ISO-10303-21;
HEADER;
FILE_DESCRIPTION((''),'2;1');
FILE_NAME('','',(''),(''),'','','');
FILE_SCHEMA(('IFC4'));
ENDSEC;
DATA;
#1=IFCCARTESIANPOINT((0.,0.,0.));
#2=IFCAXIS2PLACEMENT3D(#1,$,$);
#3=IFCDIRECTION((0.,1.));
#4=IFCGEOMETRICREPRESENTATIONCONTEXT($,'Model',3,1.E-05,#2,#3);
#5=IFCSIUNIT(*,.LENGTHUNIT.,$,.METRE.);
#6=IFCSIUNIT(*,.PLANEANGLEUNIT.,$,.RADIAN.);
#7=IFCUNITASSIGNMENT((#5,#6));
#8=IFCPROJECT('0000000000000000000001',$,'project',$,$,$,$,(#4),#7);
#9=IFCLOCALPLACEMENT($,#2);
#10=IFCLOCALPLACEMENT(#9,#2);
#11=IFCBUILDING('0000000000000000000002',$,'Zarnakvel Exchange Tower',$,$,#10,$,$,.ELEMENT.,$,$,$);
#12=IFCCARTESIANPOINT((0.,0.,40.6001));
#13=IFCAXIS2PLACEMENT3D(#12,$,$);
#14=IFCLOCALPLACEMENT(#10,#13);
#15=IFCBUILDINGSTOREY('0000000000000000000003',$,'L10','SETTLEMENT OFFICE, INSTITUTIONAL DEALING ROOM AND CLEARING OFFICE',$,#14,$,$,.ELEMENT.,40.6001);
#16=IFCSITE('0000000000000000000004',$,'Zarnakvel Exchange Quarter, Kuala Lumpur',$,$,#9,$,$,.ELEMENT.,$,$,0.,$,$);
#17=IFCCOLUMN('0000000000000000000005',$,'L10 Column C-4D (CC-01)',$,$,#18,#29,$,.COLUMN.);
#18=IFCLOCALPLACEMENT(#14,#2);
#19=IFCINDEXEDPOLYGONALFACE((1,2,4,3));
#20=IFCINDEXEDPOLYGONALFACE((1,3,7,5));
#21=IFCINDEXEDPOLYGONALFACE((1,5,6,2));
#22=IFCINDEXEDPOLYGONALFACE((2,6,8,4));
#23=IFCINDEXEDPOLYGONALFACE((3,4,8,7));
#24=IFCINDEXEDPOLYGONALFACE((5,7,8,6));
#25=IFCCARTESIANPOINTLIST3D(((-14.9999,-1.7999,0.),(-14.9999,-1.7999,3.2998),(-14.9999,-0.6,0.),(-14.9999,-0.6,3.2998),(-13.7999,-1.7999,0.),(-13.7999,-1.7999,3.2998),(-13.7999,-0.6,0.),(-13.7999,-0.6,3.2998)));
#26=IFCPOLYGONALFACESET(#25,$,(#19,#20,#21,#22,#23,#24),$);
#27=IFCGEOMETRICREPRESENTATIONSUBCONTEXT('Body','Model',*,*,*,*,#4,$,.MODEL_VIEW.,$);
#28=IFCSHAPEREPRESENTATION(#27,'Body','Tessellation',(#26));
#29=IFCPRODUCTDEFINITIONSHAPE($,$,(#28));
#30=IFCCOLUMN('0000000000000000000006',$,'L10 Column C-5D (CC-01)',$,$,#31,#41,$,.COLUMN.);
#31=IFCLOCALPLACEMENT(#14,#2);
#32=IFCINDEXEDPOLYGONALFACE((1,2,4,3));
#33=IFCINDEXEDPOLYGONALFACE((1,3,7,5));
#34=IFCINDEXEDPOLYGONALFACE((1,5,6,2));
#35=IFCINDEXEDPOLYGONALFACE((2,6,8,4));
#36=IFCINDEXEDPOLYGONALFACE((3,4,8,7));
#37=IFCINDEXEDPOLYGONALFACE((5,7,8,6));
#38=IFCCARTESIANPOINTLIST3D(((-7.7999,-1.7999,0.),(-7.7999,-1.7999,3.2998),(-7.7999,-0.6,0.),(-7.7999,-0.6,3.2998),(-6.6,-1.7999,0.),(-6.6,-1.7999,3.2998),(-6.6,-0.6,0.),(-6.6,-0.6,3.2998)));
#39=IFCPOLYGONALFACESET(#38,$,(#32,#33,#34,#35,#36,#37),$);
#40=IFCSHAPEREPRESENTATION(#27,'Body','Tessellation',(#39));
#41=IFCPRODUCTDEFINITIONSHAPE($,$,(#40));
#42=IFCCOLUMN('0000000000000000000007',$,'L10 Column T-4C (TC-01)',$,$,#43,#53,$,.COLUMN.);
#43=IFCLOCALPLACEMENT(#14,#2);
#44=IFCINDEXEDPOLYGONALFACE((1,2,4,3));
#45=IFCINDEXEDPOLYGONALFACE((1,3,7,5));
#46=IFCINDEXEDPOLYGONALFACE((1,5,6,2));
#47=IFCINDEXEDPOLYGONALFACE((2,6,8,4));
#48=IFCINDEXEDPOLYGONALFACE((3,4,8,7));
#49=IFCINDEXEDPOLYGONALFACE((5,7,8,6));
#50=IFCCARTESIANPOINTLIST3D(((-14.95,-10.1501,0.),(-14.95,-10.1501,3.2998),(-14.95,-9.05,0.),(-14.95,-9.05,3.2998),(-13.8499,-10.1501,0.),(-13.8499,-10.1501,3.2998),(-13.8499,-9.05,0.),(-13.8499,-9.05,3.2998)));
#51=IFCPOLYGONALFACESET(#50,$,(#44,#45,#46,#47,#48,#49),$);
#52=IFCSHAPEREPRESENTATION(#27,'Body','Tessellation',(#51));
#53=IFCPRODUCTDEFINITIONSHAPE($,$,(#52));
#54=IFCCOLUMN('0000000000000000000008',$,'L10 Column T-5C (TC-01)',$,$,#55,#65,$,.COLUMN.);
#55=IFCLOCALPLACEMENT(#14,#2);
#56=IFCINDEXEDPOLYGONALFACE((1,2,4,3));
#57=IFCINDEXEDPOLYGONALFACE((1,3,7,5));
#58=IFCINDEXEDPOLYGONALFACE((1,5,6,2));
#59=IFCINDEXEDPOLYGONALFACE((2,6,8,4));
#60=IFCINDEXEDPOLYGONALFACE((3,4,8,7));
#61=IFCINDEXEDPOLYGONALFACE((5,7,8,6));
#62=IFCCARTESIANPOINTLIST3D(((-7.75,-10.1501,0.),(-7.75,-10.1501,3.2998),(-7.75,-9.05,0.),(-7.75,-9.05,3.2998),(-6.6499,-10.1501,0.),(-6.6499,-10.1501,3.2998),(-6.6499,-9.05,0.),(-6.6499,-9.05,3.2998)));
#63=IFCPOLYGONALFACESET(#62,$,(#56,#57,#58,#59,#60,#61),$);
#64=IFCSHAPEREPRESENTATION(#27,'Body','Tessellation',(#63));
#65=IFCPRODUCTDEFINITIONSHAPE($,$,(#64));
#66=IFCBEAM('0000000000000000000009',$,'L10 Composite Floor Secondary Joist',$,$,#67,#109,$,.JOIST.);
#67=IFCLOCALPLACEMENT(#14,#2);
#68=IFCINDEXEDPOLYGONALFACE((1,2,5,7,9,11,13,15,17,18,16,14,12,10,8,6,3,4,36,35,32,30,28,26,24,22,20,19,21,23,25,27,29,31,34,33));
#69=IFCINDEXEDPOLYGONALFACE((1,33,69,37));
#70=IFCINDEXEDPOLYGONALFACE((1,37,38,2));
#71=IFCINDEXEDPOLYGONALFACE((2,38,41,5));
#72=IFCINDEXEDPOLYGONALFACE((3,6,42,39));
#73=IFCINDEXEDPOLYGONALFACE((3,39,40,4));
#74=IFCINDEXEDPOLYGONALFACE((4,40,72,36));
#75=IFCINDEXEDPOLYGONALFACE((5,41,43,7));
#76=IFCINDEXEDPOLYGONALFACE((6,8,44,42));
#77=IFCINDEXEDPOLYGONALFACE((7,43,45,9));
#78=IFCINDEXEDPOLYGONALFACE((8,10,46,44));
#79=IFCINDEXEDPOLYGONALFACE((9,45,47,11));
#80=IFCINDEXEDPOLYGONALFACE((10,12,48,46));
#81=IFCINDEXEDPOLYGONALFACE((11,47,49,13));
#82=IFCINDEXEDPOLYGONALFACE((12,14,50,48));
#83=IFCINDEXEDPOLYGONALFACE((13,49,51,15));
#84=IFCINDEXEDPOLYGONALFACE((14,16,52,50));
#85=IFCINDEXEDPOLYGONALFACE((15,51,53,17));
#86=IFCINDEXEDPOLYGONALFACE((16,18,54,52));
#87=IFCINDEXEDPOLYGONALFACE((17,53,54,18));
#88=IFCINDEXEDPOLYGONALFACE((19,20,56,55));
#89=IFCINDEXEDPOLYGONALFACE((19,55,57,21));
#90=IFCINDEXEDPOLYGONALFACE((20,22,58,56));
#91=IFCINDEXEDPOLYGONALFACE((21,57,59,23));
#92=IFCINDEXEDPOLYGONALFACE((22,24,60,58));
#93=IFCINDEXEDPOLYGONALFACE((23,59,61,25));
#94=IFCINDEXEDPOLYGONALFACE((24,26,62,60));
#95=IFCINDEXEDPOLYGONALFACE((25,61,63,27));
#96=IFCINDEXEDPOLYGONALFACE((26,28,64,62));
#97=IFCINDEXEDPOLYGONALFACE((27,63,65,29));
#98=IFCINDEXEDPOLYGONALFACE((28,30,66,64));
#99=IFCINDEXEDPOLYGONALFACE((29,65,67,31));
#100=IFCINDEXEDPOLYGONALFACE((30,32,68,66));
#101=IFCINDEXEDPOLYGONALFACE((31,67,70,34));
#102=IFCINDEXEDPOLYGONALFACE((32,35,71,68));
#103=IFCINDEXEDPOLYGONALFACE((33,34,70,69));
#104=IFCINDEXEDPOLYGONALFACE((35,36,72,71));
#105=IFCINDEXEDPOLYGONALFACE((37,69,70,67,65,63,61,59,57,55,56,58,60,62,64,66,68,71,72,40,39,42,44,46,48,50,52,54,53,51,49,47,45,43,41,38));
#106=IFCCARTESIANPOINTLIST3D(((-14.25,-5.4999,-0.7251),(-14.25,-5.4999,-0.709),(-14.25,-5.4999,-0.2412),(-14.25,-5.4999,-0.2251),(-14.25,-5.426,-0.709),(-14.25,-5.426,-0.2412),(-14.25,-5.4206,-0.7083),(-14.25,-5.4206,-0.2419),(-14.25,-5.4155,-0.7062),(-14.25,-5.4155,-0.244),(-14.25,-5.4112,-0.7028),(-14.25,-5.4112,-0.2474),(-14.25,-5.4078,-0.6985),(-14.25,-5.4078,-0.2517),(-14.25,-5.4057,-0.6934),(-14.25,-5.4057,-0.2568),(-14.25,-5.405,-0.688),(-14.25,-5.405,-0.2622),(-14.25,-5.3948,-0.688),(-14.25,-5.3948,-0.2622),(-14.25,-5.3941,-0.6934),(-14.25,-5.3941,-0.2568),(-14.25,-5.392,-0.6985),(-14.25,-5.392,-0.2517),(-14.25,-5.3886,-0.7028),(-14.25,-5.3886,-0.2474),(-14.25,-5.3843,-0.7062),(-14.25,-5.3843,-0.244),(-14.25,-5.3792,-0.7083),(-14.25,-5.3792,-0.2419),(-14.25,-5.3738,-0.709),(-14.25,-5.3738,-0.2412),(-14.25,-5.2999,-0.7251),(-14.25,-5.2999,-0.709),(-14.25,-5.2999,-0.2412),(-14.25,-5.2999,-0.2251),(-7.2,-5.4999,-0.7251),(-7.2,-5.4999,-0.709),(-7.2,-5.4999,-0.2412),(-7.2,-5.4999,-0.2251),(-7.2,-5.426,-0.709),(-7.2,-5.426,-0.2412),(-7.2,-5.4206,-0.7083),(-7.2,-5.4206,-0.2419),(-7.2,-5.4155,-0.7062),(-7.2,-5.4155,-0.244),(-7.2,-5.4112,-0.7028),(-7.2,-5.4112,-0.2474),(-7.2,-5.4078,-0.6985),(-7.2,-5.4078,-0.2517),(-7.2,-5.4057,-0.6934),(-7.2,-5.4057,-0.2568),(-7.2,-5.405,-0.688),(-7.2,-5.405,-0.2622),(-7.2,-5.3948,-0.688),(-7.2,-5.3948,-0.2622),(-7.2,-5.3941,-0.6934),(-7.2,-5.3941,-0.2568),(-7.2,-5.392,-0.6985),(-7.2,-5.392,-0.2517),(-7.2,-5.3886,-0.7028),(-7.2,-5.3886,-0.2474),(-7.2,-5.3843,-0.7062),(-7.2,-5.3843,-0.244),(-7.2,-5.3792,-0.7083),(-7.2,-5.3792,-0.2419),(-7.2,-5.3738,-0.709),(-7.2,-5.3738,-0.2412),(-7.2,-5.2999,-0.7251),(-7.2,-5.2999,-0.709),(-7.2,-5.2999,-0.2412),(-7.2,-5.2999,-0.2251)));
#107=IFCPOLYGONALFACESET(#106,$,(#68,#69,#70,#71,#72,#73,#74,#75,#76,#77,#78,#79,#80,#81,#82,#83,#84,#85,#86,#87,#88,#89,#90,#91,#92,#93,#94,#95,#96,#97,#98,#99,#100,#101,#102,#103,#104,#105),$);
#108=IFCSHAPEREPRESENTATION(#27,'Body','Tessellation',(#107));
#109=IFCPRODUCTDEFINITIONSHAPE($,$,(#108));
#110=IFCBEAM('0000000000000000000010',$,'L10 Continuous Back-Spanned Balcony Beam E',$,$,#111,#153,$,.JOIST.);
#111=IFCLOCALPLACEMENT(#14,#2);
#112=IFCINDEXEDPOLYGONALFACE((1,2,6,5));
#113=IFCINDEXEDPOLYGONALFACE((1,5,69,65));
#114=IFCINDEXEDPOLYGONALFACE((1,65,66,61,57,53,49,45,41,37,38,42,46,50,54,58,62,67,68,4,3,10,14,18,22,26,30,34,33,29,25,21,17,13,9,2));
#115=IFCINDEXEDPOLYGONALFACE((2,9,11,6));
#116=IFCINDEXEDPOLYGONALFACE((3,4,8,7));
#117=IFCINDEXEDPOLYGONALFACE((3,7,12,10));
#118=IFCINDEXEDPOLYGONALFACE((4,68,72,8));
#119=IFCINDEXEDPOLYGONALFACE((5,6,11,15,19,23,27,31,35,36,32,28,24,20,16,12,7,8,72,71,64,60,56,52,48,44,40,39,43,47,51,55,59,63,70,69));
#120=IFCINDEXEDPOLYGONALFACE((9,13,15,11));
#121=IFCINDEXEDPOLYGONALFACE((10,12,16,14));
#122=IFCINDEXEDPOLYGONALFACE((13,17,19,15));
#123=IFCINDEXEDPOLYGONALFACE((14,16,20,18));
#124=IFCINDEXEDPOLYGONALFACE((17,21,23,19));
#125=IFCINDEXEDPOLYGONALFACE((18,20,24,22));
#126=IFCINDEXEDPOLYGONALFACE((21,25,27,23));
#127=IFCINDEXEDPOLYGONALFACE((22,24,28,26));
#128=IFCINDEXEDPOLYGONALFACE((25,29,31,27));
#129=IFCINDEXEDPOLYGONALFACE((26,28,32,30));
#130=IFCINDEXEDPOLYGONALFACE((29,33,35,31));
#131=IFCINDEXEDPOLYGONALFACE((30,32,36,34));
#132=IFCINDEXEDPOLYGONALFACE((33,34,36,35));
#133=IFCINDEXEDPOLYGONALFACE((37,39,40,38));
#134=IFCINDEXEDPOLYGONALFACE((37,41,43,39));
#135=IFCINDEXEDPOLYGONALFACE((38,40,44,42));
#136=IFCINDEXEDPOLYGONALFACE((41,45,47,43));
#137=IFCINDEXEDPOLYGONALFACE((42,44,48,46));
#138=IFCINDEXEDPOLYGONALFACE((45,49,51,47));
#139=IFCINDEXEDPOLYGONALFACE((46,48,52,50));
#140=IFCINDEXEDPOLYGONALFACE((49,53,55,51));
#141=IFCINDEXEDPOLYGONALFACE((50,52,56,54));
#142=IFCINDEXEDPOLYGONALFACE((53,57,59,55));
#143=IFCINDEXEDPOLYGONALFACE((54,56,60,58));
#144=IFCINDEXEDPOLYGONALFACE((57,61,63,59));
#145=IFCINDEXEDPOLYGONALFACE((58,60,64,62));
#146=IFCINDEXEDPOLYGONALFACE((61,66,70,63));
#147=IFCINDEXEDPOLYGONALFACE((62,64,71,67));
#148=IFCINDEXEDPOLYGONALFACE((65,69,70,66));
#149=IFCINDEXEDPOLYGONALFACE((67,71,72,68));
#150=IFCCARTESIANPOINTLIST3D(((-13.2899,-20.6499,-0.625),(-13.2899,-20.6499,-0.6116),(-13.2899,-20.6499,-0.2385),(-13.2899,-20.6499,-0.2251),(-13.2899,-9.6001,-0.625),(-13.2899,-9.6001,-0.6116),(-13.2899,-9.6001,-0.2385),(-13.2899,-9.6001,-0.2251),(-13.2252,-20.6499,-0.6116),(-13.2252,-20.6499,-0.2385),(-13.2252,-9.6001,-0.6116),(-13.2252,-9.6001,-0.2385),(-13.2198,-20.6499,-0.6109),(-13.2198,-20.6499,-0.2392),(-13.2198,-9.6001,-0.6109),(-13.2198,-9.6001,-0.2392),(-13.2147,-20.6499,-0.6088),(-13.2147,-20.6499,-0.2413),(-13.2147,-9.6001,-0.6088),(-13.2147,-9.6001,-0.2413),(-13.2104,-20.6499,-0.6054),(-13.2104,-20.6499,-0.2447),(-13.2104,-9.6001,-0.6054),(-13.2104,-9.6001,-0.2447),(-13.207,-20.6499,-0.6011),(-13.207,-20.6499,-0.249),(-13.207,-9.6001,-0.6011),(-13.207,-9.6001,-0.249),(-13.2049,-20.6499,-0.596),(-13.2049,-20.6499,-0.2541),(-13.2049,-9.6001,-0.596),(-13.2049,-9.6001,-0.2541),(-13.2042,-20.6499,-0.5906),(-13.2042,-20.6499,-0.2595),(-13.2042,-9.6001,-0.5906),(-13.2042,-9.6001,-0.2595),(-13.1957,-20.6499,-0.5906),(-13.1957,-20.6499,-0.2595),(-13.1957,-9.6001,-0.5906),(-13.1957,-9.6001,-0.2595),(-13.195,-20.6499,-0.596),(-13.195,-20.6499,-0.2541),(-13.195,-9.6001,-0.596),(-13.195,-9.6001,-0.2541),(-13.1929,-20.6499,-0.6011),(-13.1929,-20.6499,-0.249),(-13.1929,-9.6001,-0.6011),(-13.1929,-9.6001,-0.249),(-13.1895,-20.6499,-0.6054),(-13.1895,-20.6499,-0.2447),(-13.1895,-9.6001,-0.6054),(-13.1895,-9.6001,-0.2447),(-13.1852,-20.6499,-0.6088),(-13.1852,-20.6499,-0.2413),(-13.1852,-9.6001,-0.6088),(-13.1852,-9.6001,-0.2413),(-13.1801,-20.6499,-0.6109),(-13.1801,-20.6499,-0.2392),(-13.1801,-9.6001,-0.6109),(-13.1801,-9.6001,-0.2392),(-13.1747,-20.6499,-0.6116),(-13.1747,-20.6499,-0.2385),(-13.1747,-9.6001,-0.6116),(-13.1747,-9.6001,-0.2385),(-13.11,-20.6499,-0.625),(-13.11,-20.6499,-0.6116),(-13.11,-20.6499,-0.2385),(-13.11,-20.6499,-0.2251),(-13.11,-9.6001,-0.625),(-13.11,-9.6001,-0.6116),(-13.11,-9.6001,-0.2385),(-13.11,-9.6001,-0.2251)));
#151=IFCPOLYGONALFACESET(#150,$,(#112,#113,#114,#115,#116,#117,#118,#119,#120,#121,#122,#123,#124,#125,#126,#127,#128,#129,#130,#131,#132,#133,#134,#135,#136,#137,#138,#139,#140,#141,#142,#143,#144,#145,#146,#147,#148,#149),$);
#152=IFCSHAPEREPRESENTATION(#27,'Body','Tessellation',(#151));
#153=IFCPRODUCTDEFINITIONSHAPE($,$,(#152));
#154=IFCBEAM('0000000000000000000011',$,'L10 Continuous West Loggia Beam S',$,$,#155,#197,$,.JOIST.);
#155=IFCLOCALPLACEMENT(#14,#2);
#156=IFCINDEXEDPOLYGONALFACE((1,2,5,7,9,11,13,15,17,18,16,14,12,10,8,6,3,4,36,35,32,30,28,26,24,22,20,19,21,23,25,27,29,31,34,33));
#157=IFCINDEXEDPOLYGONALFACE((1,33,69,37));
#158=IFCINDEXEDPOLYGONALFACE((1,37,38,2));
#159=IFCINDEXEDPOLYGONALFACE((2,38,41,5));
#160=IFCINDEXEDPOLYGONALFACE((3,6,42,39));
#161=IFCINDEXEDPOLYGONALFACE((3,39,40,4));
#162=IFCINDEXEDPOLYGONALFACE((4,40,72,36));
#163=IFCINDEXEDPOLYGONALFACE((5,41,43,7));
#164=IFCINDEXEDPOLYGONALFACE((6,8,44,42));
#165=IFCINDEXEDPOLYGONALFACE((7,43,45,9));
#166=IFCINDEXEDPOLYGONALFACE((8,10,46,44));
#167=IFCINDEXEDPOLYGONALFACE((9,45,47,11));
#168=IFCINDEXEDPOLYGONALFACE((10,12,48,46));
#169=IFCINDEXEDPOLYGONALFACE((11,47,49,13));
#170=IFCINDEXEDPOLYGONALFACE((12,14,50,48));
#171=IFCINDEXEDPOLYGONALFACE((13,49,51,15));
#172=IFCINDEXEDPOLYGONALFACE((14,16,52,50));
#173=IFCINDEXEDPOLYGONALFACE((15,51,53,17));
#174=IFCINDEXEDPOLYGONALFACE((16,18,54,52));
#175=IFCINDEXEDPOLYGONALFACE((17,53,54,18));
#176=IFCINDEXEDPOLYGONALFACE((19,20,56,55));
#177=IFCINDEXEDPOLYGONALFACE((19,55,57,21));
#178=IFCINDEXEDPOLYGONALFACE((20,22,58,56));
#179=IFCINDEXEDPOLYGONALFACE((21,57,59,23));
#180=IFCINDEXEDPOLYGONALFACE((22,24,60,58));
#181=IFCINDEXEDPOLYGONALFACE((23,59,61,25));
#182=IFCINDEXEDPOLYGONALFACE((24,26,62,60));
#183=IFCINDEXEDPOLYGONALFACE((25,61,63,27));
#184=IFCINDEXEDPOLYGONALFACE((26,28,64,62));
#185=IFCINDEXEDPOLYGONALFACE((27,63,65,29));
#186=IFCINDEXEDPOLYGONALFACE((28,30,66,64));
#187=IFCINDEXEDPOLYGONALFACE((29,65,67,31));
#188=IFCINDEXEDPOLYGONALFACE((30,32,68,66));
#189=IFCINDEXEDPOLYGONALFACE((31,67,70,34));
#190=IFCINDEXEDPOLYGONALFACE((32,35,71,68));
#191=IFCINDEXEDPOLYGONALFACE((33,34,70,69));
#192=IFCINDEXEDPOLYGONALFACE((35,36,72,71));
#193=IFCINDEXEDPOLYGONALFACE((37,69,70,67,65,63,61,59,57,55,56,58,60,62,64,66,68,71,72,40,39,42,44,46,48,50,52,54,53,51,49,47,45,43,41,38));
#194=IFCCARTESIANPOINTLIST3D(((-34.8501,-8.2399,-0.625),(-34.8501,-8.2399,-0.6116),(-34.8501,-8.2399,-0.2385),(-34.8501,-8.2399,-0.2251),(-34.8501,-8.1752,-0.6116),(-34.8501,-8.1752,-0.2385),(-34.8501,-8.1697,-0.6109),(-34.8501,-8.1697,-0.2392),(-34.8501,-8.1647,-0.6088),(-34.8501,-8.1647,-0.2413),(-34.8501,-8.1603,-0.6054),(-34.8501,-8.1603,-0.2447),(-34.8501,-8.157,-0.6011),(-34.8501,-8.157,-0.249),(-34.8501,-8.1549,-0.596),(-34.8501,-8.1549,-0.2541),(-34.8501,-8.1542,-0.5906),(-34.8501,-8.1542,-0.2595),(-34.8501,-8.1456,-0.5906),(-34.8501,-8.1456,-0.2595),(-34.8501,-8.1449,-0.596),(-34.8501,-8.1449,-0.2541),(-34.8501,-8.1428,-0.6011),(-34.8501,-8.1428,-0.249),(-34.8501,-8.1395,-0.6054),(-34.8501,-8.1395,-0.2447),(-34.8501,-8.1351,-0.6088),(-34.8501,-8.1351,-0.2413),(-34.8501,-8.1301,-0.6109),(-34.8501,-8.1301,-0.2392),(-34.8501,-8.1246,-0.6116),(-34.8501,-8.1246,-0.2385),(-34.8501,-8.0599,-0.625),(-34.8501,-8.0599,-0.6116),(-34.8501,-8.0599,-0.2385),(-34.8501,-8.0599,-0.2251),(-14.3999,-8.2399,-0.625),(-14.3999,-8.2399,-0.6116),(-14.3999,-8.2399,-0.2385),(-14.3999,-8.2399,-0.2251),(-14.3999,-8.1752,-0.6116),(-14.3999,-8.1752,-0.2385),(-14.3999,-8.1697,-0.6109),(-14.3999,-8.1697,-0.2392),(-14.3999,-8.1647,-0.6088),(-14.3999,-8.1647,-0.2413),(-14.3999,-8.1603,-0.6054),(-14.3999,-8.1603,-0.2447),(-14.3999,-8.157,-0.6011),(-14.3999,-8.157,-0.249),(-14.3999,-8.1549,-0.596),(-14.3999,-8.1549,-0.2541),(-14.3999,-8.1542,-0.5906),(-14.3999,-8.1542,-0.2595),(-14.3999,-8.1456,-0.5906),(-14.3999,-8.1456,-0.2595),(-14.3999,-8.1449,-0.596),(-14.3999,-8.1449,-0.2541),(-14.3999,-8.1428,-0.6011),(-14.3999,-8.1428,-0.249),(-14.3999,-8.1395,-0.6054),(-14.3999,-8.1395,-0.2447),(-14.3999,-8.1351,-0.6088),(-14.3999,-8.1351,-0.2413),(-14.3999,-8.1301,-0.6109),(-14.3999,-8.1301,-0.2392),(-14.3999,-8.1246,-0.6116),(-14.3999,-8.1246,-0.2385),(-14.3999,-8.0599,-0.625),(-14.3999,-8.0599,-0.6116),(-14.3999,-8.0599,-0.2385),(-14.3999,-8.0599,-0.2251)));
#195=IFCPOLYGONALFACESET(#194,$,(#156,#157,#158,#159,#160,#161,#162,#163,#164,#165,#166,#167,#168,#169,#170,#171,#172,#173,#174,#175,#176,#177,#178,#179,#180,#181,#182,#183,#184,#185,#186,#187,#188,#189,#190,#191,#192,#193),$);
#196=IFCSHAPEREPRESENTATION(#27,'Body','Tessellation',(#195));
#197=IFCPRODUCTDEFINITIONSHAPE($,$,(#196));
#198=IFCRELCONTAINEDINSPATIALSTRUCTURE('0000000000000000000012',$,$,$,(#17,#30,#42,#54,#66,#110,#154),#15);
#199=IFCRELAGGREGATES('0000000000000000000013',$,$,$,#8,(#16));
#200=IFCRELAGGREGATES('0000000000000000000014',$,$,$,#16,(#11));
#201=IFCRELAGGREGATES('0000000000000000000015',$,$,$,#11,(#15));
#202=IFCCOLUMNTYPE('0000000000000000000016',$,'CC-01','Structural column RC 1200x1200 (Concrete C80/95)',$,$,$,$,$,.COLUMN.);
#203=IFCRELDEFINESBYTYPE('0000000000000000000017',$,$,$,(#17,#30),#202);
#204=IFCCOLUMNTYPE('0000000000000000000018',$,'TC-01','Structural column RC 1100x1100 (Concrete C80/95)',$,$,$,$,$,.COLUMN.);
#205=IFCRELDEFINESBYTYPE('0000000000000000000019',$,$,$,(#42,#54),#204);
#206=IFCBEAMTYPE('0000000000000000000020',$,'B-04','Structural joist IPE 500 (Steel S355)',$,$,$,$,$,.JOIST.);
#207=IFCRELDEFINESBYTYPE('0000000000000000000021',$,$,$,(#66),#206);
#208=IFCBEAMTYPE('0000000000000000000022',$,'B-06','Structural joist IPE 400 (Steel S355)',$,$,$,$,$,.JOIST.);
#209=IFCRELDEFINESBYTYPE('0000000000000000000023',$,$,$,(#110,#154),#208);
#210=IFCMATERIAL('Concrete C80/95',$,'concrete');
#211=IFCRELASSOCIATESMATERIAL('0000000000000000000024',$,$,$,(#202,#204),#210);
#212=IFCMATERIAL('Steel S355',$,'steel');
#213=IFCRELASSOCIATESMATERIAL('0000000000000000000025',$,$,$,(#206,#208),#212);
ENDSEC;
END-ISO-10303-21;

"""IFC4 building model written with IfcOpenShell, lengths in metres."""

from ifc_helpers import new_model, si_unit, direction, frame, origin, origin_2d, place, context, subcontext, project, spatial, rectangle, i_section, extrude, material, material_profile, profile_set, type_object, element, save


model = new_model("IFC4")

# Units and contexts
model_context = context("Model", 3, precision=1e-05, world=origin(), true_north=direction((0.0, 1.0)))
body_context = subcontext(model_context, "Body", "Model", "MODEL_VIEW")
ifc_project = project(units=[si_unit("LENGTHUNIT", "METRE"), si_unit("PLANEANGLEUNIT", "RADIAN")], contexts=[model_context])

# Site, building, storey
site_placement = place(None, origin())
site = spatial("IfcSite", under=ifc_project, at=site_placement, Name="Zarnakvel Exchange Quarter, Kuala Lumpur", CompositionType="ELEMENT", RefElevation=0.0)
building_placement = place(site_placement, origin())
building = spatial("IfcBuilding", under=site, at=building_placement, Name="Zarnakvel Exchange Tower", CompositionType="ELEMENT")
storey_placement = place(building_placement, frame((0.0, 0.0, 40.6001)))
storey = spatial("IfcBuildingStorey", under=building, at=storey_placement, Name="L10", Description="SETTLEMENT OFFICE, INSTITUTIONAL DEALING ROOM AND CLEARING OFFICE", CompositionType="ELEMENT", Elevation=40.6001)

# Columns
ifc_material_1 = material(Name="Concrete C80/95", Category="concrete")
ifc_material_profile_1 = material_profile(ifc_material_1, rectangle(XDim=1.2, YDim=1.2, at=origin_2d()))
ifc_profile_set_1 = profile_set([ifc_material_profile_1], Name="Concrete C80/95")
column_type_1 = type_object("IfcColumnType", Name="CC-01", Description="Structural column RC 1200x1200 (Concrete C80/95)", PredefinedType="COLUMN", material=ifc_profile_set_1)
for number, where, z_axis, x_axis, name in (
    (1, (-14.3999, -1.2, 0.0), (0.0, 0.0, 1.0), (1.0, 0.0, 0.0), "L10 Column C-4D (CC-01)"),
    (2, (-7.2, -1.2, 0.0), (0.0, 0.0, 1.0), (1.0, 0.0, 0.0), "L10 Column C-5D (CC-01)"),
):
    element("IfcColumn", number, at=place(storey_placement, frame(where, z_axis=z_axis, x_axis=x_axis)), inside=storey, type_object=column_type_1, Name=name, PredefinedType="COLUMN", context=body_context, shape_type="SweptSolid", body=[
        extrude(rectangle(XDim=1.2, YDim=1.2, at=origin_2d()), origin(), (0.0, 0.0, 1.0), 3.2998),
    ])
ifc_material_profile_2 = material_profile(ifc_material_1, rectangle(XDim=1.1001, YDim=1.1001, at=origin_2d()))
ifc_profile_set_2 = profile_set([ifc_material_profile_2], Name="Concrete C80/95")
column_type_2 = type_object("IfcColumnType", Name="TC-01", Description="Structural column RC 1100x1100 (Concrete C80/95)", PredefinedType="COLUMN", material=ifc_profile_set_2)
for number, where, z_axis, x_axis, name in (
    (3, (-14.3999, -9.6001, 0.0), (0.0, 0.0, 1.0), (1.0, 0.0, 0.0), "L10 Column T-4C (TC-01)"),
    (4, (-7.2, -9.6001, 0.0), (0.0, 0.0, 1.0), (1.0, 0.0, 0.0), "L10 Column T-5C (TC-01)"),
):
    element("IfcColumn", number, at=place(storey_placement, frame(where, z_axis=z_axis, x_axis=x_axis)), inside=storey, type_object=column_type_2, Name=name, PredefinedType="COLUMN", context=body_context, shape_type="SweptSolid", body=[
        extrude(rectangle(XDim=1.1001, YDim=1.1001, at=origin_2d()), origin(), (0.0, 0.0, 1.0), 3.2998),
    ])

# Beams
ifc_material_2 = material(Name="Steel S355", Category="steel")
ifc_material_profile_3 = material_profile(ifc_material_2, i_section(OverallWidth=0.2, OverallDepth=0.5, WebThickness=0.0103, FlangeThickness=0.0161, FilletRadius=0.021, at=origin_2d()))
ifc_profile_set_3 = profile_set([ifc_material_profile_3], Name="Steel S355")
beam_type_1 = type_object("IfcBeamType", Name="B-04", Description="Structural joist IPE 500 (Steel S355)", PredefinedType="JOIST", material=ifc_profile_set_3)
beam_1_placement = place(storey_placement, frame((-14.25, -5.3999, -0.4751), z_axis=(1.0, 0.0, 0.0), x_axis=(0.0, 1.0, 0.0)))
element("IfcBeam", 5, at=beam_1_placement, inside=storey, type_object=beam_type_1, Name="L10 Composite Floor Secondary Joist", PredefinedType="JOIST", context=body_context, shape_type="SweptSolid", body=[
    extrude(i_section(OverallWidth=0.2, OverallDepth=0.5, WebThickness=0.0103, FlangeThickness=0.0161, FilletRadius=0.021, at=origin_2d()), origin(), (0.0, 0.0, 1.0), 7.05),
])
ifc_material_profile_4 = material_profile(ifc_material_2, i_section(OverallWidth=0.1799, OverallDepth=0.3999, WebThickness=0.0085, FlangeThickness=0.0134, FilletRadius=0.021, at=origin_2d()))
ifc_profile_set_4 = profile_set([ifc_material_profile_4], Name="Steel S355")
beam_type_2 = type_object("IfcBeamType", Name="B-06", Description="Structural joist IPE 400 (Steel S355)", PredefinedType="JOIST", material=ifc_profile_set_4)
beam_2_placement = place(storey_placement, frame((-13.2, -9.6001, -0.425), z_axis=(0.0, -1.0, 0.0), x_axis=(1.0, 0.0, 0.0)))
element("IfcBeam", 6, at=beam_2_placement, inside=storey, type_object=beam_type_2, Name="L10 Continuous Back-Spanned Balcony Beam E", PredefinedType="JOIST", context=body_context, shape_type="SweptSolid", body=[
    extrude(i_section(OverallWidth=0.1799, OverallDepth=0.3999, WebThickness=0.0085, FlangeThickness=0.0134, FilletRadius=0.021, at=origin_2d()), origin(), (0.0, 0.0, 1.0), 11.0498),
])
for number, where, z_axis, x_axis, name in (
    (7, (-14.3999, -8.1499, -0.425), (-1.0, 0.0, 0.0), (0.0, -1.0, 0.0), "L10 Continuous West Loggia Beam S"),
):
    element("IfcBeam", number, at=place(storey_placement, frame(where, z_axis=z_axis, x_axis=x_axis)), inside=storey, type_object=beam_type_2, Name=name, PredefinedType="JOIST", context=body_context, shape_type="SweptSolid", body=[
        extrude(i_section(OverallWidth=0.1799, OverallDepth=0.3999, WebThickness=0.0085, FlangeThickness=0.0134, FilletRadius=0.021, at=origin_2d()), origin(), (0.0, 0.0, 1.0), 20.4502),
    ])

save(model, "model.ifc")
